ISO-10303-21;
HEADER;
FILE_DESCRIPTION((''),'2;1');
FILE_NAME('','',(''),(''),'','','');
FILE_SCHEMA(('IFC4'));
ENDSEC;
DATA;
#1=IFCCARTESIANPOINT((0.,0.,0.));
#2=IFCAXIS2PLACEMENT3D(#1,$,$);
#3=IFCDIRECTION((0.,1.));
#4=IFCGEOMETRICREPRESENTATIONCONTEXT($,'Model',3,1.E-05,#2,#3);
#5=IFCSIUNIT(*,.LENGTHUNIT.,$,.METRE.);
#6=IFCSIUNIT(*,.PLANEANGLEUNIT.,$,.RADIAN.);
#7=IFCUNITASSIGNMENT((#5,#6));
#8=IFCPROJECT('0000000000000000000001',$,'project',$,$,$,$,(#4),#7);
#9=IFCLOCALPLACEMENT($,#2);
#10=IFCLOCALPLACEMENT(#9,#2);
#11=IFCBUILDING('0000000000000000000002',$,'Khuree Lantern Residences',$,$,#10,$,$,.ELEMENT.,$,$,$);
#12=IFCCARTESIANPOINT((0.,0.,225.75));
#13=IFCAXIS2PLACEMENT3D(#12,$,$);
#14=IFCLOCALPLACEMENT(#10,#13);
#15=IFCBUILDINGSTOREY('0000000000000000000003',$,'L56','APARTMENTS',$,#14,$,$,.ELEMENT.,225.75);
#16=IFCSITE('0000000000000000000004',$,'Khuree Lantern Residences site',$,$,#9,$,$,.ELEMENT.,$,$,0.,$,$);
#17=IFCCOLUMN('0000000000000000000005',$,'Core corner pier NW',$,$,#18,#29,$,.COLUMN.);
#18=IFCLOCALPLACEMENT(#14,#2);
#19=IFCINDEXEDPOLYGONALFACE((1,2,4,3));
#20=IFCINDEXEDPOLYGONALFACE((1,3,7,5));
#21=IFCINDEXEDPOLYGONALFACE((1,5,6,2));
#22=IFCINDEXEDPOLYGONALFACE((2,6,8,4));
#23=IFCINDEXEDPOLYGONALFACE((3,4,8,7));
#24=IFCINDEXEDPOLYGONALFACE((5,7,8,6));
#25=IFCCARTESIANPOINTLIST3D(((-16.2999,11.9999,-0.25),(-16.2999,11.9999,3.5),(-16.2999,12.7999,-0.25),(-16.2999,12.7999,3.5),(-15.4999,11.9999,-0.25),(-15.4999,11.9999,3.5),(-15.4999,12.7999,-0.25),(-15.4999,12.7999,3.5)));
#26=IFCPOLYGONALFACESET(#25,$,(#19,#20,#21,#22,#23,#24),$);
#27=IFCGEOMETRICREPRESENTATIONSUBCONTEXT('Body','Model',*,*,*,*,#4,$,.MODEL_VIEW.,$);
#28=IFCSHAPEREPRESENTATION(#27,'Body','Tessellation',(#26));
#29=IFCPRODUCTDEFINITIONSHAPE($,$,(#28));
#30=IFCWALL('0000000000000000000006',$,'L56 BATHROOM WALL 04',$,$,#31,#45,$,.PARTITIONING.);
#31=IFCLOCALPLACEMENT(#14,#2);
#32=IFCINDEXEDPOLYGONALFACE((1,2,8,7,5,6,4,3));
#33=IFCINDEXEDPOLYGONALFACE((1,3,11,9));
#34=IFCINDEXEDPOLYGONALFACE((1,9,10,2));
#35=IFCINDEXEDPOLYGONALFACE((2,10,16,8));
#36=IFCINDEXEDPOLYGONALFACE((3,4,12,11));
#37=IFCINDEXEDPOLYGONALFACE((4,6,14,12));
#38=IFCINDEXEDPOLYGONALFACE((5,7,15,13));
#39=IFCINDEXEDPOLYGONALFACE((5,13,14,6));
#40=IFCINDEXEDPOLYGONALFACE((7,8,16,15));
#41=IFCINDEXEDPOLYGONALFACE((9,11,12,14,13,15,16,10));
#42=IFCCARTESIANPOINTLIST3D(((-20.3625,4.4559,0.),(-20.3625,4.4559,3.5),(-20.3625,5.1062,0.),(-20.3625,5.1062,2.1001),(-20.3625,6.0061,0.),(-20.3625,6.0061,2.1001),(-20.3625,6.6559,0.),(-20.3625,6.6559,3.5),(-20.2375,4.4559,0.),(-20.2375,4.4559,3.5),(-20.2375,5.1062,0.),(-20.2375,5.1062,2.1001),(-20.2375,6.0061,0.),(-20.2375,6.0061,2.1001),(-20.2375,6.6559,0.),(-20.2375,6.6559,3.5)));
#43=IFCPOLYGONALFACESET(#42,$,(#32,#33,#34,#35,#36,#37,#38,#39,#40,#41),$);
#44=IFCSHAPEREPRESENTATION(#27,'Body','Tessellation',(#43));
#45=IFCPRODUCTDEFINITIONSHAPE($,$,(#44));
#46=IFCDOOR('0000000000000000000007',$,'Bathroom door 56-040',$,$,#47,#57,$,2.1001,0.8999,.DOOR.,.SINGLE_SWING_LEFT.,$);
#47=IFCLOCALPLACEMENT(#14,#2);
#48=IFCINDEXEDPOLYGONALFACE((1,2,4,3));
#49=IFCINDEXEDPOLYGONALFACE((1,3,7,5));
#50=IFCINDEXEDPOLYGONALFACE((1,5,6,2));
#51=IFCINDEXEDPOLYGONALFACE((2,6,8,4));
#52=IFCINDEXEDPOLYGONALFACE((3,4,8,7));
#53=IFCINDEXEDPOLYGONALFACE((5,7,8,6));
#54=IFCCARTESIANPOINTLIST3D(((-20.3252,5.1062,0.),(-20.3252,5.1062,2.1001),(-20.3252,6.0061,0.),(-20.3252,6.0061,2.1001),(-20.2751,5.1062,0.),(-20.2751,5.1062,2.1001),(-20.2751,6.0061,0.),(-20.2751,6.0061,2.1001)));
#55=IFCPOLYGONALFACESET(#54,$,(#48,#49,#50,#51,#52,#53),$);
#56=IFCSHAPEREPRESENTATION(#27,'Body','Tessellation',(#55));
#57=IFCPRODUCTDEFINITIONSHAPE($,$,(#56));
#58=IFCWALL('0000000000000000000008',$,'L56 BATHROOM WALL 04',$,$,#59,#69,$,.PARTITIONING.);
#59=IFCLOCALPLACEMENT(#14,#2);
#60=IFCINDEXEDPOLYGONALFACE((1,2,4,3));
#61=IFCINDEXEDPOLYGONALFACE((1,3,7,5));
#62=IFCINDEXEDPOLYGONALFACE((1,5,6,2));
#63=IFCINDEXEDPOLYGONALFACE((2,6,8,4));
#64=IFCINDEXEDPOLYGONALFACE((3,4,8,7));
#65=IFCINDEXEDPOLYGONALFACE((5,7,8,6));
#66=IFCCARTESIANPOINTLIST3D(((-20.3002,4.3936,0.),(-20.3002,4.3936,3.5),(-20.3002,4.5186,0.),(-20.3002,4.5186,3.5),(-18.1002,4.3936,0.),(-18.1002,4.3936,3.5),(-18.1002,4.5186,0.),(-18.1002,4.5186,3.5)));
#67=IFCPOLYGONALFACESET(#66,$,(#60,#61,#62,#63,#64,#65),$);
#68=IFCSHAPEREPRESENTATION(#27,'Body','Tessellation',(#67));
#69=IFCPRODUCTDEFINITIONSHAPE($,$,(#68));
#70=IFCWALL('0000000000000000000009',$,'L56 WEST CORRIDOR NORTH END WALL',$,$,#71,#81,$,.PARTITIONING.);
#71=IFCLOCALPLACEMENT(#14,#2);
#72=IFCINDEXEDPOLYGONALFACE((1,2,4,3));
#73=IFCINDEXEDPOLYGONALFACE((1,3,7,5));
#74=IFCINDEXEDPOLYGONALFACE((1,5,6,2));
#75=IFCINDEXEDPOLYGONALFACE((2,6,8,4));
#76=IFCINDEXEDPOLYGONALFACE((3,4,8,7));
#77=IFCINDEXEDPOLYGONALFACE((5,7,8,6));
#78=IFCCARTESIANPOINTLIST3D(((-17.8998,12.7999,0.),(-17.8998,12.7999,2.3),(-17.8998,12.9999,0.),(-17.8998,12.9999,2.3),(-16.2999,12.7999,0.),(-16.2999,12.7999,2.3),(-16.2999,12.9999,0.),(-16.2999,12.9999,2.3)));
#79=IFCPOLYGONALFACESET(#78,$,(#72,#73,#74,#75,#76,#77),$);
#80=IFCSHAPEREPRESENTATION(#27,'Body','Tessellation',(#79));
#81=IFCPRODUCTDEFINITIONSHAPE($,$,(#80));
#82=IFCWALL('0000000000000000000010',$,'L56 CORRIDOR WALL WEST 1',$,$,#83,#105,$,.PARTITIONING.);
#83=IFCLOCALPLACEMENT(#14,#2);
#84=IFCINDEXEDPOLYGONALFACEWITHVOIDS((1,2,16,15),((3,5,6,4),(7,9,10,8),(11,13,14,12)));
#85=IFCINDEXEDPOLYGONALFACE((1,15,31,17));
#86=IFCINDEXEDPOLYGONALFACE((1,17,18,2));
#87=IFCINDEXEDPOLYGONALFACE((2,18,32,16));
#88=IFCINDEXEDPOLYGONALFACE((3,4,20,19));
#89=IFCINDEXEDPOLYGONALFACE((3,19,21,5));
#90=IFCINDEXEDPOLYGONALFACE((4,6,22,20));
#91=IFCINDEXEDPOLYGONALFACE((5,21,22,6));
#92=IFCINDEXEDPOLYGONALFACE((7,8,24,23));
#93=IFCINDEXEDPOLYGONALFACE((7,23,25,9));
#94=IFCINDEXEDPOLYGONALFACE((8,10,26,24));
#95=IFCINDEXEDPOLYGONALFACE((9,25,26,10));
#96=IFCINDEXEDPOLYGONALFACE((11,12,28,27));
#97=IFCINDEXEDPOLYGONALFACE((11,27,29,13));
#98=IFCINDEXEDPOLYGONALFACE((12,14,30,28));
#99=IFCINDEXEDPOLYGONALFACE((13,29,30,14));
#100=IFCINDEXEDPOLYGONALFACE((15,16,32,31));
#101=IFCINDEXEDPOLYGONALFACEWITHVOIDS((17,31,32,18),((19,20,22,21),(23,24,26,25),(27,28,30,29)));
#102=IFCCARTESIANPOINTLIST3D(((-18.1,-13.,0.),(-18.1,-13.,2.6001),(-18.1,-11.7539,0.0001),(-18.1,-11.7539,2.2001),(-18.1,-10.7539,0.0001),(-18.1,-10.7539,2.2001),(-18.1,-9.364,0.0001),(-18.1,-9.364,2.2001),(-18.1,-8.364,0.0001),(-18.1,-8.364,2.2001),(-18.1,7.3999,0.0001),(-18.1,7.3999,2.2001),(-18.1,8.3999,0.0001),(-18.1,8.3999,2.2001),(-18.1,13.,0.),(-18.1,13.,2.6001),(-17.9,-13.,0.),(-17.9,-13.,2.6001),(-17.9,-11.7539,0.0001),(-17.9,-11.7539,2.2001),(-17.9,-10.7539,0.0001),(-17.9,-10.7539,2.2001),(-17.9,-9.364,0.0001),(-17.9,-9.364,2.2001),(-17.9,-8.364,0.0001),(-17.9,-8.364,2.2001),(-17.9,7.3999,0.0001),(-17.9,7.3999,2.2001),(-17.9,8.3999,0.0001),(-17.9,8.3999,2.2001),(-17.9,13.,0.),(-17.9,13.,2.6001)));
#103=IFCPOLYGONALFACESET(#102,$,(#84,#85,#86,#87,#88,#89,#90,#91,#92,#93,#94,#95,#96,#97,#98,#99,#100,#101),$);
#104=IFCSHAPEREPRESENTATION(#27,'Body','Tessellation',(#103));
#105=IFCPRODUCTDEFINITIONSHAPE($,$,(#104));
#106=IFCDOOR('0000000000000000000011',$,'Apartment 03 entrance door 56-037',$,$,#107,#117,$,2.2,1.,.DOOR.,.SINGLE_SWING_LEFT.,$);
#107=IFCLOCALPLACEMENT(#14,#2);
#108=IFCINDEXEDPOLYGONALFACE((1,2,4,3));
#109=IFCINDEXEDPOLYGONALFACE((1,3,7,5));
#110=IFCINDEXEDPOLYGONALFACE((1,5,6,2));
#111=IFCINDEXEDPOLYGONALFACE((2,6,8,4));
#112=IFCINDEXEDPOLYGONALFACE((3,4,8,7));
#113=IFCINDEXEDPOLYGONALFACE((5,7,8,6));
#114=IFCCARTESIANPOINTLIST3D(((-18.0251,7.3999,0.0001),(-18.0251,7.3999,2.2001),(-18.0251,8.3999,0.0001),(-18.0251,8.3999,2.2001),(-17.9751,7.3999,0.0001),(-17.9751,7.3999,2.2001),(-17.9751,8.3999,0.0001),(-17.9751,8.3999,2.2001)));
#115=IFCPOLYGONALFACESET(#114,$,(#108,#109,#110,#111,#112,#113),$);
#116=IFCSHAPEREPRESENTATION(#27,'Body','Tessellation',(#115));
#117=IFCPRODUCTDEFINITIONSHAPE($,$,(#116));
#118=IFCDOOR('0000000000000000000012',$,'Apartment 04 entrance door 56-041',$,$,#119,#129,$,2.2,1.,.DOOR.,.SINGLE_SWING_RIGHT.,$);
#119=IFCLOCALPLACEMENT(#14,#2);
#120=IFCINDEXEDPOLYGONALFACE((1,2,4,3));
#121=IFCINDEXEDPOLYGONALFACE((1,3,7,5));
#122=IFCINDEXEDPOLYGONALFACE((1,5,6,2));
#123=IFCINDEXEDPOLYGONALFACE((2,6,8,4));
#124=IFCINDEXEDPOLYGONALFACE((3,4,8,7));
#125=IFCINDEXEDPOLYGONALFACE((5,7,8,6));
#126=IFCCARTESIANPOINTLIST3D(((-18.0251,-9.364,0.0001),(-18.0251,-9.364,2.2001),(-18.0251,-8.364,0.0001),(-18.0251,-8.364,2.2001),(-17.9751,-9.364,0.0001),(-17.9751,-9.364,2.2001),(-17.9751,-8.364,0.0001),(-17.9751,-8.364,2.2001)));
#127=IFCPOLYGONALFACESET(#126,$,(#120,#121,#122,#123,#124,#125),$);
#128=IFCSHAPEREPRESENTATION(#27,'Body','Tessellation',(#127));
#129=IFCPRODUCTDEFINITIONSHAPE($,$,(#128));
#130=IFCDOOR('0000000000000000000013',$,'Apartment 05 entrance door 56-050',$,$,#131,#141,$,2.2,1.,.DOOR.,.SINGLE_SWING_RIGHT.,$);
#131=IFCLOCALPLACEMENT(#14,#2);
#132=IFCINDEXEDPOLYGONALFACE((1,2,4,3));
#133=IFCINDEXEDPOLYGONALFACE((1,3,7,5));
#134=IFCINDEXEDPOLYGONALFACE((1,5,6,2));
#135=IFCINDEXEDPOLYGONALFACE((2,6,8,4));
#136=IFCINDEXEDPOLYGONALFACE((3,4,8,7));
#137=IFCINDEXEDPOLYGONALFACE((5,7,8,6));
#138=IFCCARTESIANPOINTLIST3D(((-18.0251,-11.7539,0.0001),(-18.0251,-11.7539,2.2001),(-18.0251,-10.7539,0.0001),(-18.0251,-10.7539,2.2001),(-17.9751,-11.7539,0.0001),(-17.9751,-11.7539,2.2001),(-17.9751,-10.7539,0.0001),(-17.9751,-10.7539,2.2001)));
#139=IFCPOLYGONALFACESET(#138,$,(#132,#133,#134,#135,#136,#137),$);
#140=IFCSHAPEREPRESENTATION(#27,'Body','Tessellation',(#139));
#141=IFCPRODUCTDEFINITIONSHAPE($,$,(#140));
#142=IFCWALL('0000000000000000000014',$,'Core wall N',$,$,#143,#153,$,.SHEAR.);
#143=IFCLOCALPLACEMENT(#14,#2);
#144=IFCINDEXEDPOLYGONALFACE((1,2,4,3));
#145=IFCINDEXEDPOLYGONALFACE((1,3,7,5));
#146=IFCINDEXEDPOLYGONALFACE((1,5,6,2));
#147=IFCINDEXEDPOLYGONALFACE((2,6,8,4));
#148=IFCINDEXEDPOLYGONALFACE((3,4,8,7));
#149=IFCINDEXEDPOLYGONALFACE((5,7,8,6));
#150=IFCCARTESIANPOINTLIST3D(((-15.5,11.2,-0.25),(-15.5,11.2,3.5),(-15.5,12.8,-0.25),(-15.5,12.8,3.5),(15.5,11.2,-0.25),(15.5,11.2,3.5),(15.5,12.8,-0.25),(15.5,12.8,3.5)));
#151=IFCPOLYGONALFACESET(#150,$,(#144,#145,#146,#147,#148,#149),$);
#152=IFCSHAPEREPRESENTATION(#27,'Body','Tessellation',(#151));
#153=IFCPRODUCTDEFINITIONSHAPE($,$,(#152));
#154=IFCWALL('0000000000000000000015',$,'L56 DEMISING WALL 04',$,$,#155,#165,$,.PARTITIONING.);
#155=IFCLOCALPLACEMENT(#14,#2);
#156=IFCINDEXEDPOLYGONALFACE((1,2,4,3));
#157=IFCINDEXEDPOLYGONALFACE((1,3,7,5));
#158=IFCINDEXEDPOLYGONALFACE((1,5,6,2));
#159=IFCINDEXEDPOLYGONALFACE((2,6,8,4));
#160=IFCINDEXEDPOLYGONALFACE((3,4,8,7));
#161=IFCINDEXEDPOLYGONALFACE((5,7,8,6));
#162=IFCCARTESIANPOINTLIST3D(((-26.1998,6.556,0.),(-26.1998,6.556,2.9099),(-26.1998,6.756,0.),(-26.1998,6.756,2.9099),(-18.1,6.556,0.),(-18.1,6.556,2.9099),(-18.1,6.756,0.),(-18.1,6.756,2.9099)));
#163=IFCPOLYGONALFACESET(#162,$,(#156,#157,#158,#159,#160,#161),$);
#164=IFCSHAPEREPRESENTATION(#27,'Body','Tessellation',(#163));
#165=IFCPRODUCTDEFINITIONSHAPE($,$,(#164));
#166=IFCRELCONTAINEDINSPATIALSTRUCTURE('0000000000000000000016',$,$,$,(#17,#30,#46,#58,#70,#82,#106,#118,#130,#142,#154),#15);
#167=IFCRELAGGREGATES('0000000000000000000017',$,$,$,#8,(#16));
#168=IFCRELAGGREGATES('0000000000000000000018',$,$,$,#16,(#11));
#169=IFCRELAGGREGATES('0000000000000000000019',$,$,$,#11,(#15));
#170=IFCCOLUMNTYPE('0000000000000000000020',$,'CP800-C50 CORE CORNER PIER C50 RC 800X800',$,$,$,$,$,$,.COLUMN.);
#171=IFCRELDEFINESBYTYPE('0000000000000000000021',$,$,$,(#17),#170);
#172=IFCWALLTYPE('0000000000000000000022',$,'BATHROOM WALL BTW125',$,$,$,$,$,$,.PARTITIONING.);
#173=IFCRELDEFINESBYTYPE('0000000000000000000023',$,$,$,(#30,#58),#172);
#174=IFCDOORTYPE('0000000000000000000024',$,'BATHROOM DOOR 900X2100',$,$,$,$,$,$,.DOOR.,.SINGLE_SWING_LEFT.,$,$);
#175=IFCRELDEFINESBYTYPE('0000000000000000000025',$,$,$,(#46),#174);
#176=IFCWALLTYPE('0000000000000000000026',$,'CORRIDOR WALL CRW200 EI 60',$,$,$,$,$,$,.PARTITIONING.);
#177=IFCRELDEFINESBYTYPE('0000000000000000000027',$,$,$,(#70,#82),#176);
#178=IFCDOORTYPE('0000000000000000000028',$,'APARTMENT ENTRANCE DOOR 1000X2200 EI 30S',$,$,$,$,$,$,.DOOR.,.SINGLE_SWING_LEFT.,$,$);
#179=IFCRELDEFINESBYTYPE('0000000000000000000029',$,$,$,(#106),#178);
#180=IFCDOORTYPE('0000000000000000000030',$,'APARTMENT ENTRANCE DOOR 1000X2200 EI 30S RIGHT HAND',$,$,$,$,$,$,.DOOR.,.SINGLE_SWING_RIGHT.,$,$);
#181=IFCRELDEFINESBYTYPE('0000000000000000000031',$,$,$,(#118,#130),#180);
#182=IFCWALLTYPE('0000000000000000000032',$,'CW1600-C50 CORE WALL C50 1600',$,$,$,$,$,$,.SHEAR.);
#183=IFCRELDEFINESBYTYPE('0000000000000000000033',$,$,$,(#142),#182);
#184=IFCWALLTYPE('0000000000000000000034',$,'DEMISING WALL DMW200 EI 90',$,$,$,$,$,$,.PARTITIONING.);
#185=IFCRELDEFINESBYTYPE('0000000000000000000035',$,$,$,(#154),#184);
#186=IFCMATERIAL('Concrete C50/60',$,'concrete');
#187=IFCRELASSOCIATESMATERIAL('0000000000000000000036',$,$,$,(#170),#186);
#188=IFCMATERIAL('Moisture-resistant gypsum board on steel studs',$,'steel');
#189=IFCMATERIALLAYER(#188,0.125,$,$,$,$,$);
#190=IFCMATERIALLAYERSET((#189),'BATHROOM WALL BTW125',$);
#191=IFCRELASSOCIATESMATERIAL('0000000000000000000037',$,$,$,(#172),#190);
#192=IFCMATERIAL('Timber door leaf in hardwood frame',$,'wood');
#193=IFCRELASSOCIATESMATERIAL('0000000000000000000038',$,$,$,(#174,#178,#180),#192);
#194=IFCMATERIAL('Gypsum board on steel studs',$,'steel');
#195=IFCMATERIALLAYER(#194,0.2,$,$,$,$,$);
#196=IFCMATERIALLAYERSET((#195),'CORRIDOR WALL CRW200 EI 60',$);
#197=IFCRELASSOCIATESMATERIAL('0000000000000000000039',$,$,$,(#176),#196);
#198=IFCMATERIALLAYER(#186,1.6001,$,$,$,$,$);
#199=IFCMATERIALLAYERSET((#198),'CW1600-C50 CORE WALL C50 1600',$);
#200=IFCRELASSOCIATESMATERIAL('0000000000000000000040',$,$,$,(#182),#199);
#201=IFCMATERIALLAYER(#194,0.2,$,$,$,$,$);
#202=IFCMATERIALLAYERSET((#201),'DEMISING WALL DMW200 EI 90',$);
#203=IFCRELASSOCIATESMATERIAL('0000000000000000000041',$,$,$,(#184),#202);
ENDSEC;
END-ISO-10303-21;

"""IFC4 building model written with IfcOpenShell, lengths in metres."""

from ifc_helpers import new_model, si_unit, direction, frame, frame_2d, origin, origin_2d, place, context, subcontext, project, spatial, rectangle, extrude, material, layer, layer_set, material_profile, profile_set, type_object, element, fill, save


model = new_model("IFC4")

# Units and contexts
model_context = context("Model", 3, precision=1e-05, world=origin(), true_north=direction((0.0, 1.0)))
body_context = subcontext(model_context, "Body", "Model", "MODEL_VIEW")
ifc_project = project(units=[si_unit("LENGTHUNIT", "METRE"), si_unit("PLANEANGLEUNIT", "RADIAN")], contexts=[model_context])

# Site, building, storey
site_placement = place(None, origin())
site = spatial("IfcSite", under=ifc_project, at=site_placement, Name="Khuree Lantern Residences site", CompositionType="ELEMENT", RefElevation=0.0)
building_placement = place(site_placement, origin())
building = spatial("IfcBuilding", under=site, at=building_placement, Name="Khuree Lantern Residences", CompositionType="ELEMENT")
storey_placement = place(building_placement, frame((0.0, 0.0, 225.75)))
storey = spatial("IfcBuildingStorey", under=building, at=storey_placement, Name="L56", Description="APARTMENTS", CompositionType="ELEMENT", Elevation=225.75)

# Column
ifc_material_1 = material(Name="Concrete C50/60", Category="concrete")
ifc_material_profile = material_profile(ifc_material_1, rectangle(XDim=0.8, YDim=0.8, at=origin_2d()), Name="RC 800X800")
ifc_profile_set = profile_set([ifc_material_profile], Name="Concrete C50/60")
column_type = type_object("IfcColumnType", Name="CP800-C50 CORE CORNER PIER C50 RC 800X800", PredefinedType="COLUMN", material=ifc_profile_set)
column_placement = place(storey_placement, frame((-15.8999, 12.3999, -0.25), z_axis=(0.0, 0.0, 1.0), x_axis=(1.0, 0.0, 0.0)))
element("IfcColumn", 1, at=column_placement, inside=storey, type_object=column_type, Name="Core corner pier NW", PredefinedType="COLUMN", context=body_context, shape_type="SweptSolid", body=[
    extrude(rectangle(XDim=0.8, YDim=0.8, at=origin_2d()), origin(), (0.0, 0.0, 1.0), 3.75),
])

# Wall, opening, door
ifc_material_2 = material(Name="Moisture-resistant gypsum board on steel studs", Category="steel")
ifc_layer_1 = layer(ifc_material_2, 0.125)
ifc_layer_set_1 = layer_set([ifc_layer_1], Name="BATHROOM WALL BTW125")
wall_type_1 = type_object("IfcWallType", Name="BATHROOM WALL BTW125", PredefinedType="PARTITIONING", material=ifc_layer_set_1)
wall_1_placement = place(storey_placement, frame((-20.3, 6.656, 0.0), z_axis=(0.0, 0.0, 1.0), x_axis=(0.0, -1.0, 0.0)))
wall_1 = element("IfcWall", 2, at=wall_1_placement, inside=storey, type_object=wall_type_1, Name="L56 BATHROOM WALL 04", PredefinedType="PARTITIONING", context=body_context, shape_type="SweptSolid", body=[
    extrude(rectangle(XDim=2.2, YDim=0.125, at=frame_2d((1.1001, 0.0))), origin(), (0.0, 0.0, 1.0), 3.5),
])
opening_1_placement = place(wall_1_placement, frame((0.6499, 0.0, 0.0)))
opening_1 = element("IfcOpeningElement", 3, at=opening_1_placement, cuts=wall_1, PredefinedType="OPENING", context=body_context, shape_type="SweptSolid", body=[
    extrude(rectangle(XDim=0.8999, YDim=2.1001, at=frame_2d((0.45, 1.05))), frame((0.0, 0.0725, 0.0), z_axis=(0.0, -1.0, 0.0), x_axis=(1.0, 0.0, 0.0)), (0.0, 0.0, 1.0), 0.145),
])
ifc_material_3 = material(Name="Timber door leaf in hardwood frame", Category="wood")
door_type_1 = type_object("IfcDoorType", Name="BATHROOM DOOR 900X2100", OperationType="SINGLE_SWING_LEFT", PredefinedType="DOOR", material=ifc_material_3)
door_1_placement = place(opening_1_placement, origin())
door_1 = element("IfcDoor", 4, at=door_1_placement, inside=storey, type_object=door_type_1, Name="Bathroom door 56-040", OperationType="SINGLE_SWING_LEFT", OverallHeight=2.1001, OverallWidth=0.8999, PredefinedType="DOOR", context=body_context, shape_type="SweptSolid", body=[
    extrude(rectangle(XDim=0.8999, YDim=2.1001, at=frame_2d((0.45, 1.05))), frame((0.0, 0.0249, 0.0), z_axis=(0.0, -1.0, 0.0), x_axis=(1.0, 0.0, 0.0)), (0.0, 0.0, 1.0), 0.05),
])
fill(opening_1, door_1)

# Walls
wall_2_placement = place(storey_placement, frame((-18.1001, 4.4561, 0.0), z_axis=(0.0, 0.0, 1.0), x_axis=(-1.0, 0.0, 0.0)))
element("IfcWall", 5, at=wall_2_placement, inside=storey, type_object=wall_type_1, Name="L56 BATHROOM WALL 04", PredefinedType="PARTITIONING", context=body_context, shape_type="SweptSolid", body=[
    extrude(rectangle(XDim=2.2, YDim=0.125, at=frame_2d((1.1001, 0.0))), origin(), (0.0, 0.0, 1.0), 3.5),
])
ifc_material_4 = material(Name="Gypsum board on steel studs", Category="steel")
ifc_layer_2 = layer(ifc_material_4, 0.2)
ifc_layer_set_2 = layer_set([ifc_layer_2], Name="CORRIDOR WALL CRW200 EI 60")
wall_type_2 = type_object("IfcWallType", Name="CORRIDOR WALL CRW200 EI 60", PredefinedType="PARTITIONING", material=ifc_layer_set_2)
wall_3_placement = place(storey_placement, frame((-16.3, 12.8999, 0.0), z_axis=(0.0, 0.0, 1.0), x_axis=(-1.0, 0.0, 0.0)))
element("IfcWall", 6, at=wall_3_placement, inside=storey, type_object=wall_type_2, Name="L56 WEST CORRIDOR NORTH END WALL", PredefinedType="PARTITIONING", context=body_context, shape_type="SweptSolid", body=[
    extrude(rectangle(XDim=1.5999, YDim=0.2, at=frame_2d((0.7998, 0.0))), origin(), (0.0, 0.0, 1.0), 2.3),
])

# Wall, openings, doors
wall_4_placement = place(storey_placement, frame((-18.0, 13.0, 0.0), z_axis=(0.0, 0.0, 1.0), x_axis=(0.0, -1.0, 0.0)))
wall_4 = element("IfcWall", 7, at=wall_4_placement, inside=storey, type_object=wall_type_2, Name="L56 CORRIDOR WALL WEST 1", PredefinedType="PARTITIONING", context=body_context, shape_type="SweptSolid", body=[
    extrude(rectangle(XDim=26.0, YDim=0.2, at=frame_2d((13.0, 0.0))), origin(), (0.0, 0.0, 1.0), 2.6001),
])
opening_2_placement = place(wall_4_placement, frame((4.6001, 0.0, 0.0)))
opening_2 = element("IfcOpeningElement", 8, at=opening_2_placement, cuts=wall_4, PredefinedType="OPENING", context=body_context, shape_type="SweptSolid", body=[
    extrude(rectangle(XDim=1.0, YDim=2.2, at=frame_2d((0.5, 1.1001))), frame((0.0, 0.1099, 0.0), z_axis=(0.0, -1.0, 0.0), x_axis=(1.0, 0.0, 0.0)), (0.0, 0.0, 1.0), 0.22),
])
opening_3_placement = place(wall_4_placement, frame((21.364, 0.0, 0.0)))
opening_3 = element("IfcOpeningElement", 9, at=opening_3_placement, cuts=wall_4, PredefinedType="OPENING", context=body_context, shape_type="SweptSolid", body=[
    extrude(rectangle(XDim=1.0, YDim=2.2, at=frame_2d((0.5, 1.1001))), frame((0.0, 0.1099, 0.0), z_axis=(0.0, -1.0, 0.0), x_axis=(1.0, 0.0, 0.0)), (0.0, 0.0, 1.0), 0.22),
])
opening_4_placement = place(wall_4_placement, frame((23.7539, 0.0, 0.0)))
opening_4 = element("IfcOpeningElement", 10, at=opening_4_placement, cuts=wall_4, PredefinedType="OPENING", context=body_context, shape_type="SweptSolid", body=[
    extrude(rectangle(XDim=1.0, YDim=2.2, at=frame_2d((0.5, 1.1001))), frame((0.0, 0.1099, 0.0), z_axis=(0.0, -1.0, 0.0), x_axis=(1.0, 0.0, 0.0)), (0.0, 0.0, 1.0), 0.22),
])
door_type_2 = type_object("IfcDoorType", Name="APARTMENT ENTRANCE DOOR 1000X2200 EI 30S", OperationType="SINGLE_SWING_LEFT", PredefinedType="DOOR", material=ifc_material_3)
door_2_placement = place(opening_2_placement, origin())
door_2 = element("IfcDoor", 11, at=door_2_placement, inside=storey, type_object=door_type_2, Name="Apartment 03 entrance door 56-037", OperationType="SINGLE_SWING_LEFT", OverallHeight=2.2, OverallWidth=1.0, PredefinedType="DOOR", context=body_context, shape_type="SweptSolid", body=[
    extrude(rectangle(XDim=1.0, YDim=2.2, at=frame_2d((0.5, 1.1001))), frame((0.0, 0.0249, 0.0), z_axis=(0.0, -1.0, 0.0), x_axis=(1.0, 0.0, 0.0)), (0.0, 0.0, 1.0), 0.05),
])
fill(opening_2, door_2)
door_type_3 = type_object("IfcDoorType", Name="APARTMENT ENTRANCE DOOR 1000X2200 EI 30S RIGHT HAND", OperationType="SINGLE_SWING_RIGHT", PredefinedType="DOOR", material=ifc_material_3)
door_3_placement = place(opening_3_placement, origin())
door_3 = element("IfcDoor", 12, at=door_3_placement, inside=storey, type_object=door_type_3, Name="Apartment 04 entrance door 56-041", OperationType="SINGLE_SWING_RIGHT", OverallHeight=2.2, OverallWidth=1.0, PredefinedType="DOOR", context=body_context, shape_type="SweptSolid", body=[
    extrude(rectangle(XDim=1.0, YDim=2.2, at=frame_2d((0.5, 1.1001))), frame((0.0, 0.0249, 0.0), z_axis=(0.0, -1.0, 0.0), x_axis=(1.0, 0.0, 0.0)), (0.0, 0.0, 1.0), 0.05),
])
fill(opening_3, door_3)
door_4_placement = place(opening_4_placement, origin())
door_4 = element("IfcDoor", 13, at=door_4_placement, inside=storey, type_object=door_type_3, Name="Apartment 05 entrance door 56-050", OperationType="SINGLE_SWING_RIGHT", OverallHeight=2.2, OverallWidth=1.0, PredefinedType="DOOR", context=body_context, shape_type="SweptSolid", body=[
    extrude(rectangle(XDim=1.0, YDim=2.2, at=frame_2d((0.5, 1.1001))), frame((0.0, 0.0249, 0.0), z_axis=(0.0, -1.0, 0.0), x_axis=(1.0, 0.0, 0.0)), (0.0, 0.0, 1.0), 0.05),
])
fill(opening_4, door_4)

# Walls
ifc_layer_3 = layer(ifc_material_1, 1.6001)
ifc_layer_set_3 = layer_set([ifc_layer_3], Name="CW1600-C50 CORE WALL C50 1600")
wall_type_3 = type_object("IfcWallType", Name="CW1600-C50 CORE WALL C50 1600", PredefinedType="SHEAR", material=ifc_layer_set_3)
wall_5_placement = place(storey_placement, frame((-15.5, 12.0, -0.25), z_axis=(0.0, 0.0, 1.0), x_axis=(1.0, 0.0, 0.0)))
element("IfcWall", 14, at=wall_5_placement, inside=storey, type_object=wall_type_3, Name="Core wall N", PredefinedType="SHEAR", context=body_context, shape_type="SweptSolid", body=[
    extrude(rectangle(XDim=31.0, YDim=1.6001, at=frame_2d((15.5, 0.0))), origin(), (0.0, 0.0, 1.0), 3.75),
])
ifc_layer_4 = layer(ifc_material_4, 0.2)
ifc_layer_set_4 = layer_set([ifc_layer_4], Name="DEMISING WALL DMW200 EI 90")
wall_type_4 = type_object("IfcWallType", Name="DEMISING WALL DMW200 EI 90", PredefinedType="PARTITIONING", material=ifc_layer_set_4)
wall_6_placement = place(storey_placement, frame((-18.1001, 6.656, 0.0), z_axis=(0.0, 0.0, 1.0), x_axis=(-1.0, 0.0, 0.0)))
element("IfcWall", 15, at=wall_6_placement, inside=storey, type_object=wall_type_4, Name="L56 DEMISING WALL 04", PredefinedType="PARTITIONING", context=body_context, shape_type="SweptSolid", body=[
    extrude(rectangle(XDim=8.0999, YDim=0.2, at=frame_2d((4.0498, 0.0))), origin(), (0.0, 0.0, 1.0), 2.9099),
])

save(model, "model.ifc")
